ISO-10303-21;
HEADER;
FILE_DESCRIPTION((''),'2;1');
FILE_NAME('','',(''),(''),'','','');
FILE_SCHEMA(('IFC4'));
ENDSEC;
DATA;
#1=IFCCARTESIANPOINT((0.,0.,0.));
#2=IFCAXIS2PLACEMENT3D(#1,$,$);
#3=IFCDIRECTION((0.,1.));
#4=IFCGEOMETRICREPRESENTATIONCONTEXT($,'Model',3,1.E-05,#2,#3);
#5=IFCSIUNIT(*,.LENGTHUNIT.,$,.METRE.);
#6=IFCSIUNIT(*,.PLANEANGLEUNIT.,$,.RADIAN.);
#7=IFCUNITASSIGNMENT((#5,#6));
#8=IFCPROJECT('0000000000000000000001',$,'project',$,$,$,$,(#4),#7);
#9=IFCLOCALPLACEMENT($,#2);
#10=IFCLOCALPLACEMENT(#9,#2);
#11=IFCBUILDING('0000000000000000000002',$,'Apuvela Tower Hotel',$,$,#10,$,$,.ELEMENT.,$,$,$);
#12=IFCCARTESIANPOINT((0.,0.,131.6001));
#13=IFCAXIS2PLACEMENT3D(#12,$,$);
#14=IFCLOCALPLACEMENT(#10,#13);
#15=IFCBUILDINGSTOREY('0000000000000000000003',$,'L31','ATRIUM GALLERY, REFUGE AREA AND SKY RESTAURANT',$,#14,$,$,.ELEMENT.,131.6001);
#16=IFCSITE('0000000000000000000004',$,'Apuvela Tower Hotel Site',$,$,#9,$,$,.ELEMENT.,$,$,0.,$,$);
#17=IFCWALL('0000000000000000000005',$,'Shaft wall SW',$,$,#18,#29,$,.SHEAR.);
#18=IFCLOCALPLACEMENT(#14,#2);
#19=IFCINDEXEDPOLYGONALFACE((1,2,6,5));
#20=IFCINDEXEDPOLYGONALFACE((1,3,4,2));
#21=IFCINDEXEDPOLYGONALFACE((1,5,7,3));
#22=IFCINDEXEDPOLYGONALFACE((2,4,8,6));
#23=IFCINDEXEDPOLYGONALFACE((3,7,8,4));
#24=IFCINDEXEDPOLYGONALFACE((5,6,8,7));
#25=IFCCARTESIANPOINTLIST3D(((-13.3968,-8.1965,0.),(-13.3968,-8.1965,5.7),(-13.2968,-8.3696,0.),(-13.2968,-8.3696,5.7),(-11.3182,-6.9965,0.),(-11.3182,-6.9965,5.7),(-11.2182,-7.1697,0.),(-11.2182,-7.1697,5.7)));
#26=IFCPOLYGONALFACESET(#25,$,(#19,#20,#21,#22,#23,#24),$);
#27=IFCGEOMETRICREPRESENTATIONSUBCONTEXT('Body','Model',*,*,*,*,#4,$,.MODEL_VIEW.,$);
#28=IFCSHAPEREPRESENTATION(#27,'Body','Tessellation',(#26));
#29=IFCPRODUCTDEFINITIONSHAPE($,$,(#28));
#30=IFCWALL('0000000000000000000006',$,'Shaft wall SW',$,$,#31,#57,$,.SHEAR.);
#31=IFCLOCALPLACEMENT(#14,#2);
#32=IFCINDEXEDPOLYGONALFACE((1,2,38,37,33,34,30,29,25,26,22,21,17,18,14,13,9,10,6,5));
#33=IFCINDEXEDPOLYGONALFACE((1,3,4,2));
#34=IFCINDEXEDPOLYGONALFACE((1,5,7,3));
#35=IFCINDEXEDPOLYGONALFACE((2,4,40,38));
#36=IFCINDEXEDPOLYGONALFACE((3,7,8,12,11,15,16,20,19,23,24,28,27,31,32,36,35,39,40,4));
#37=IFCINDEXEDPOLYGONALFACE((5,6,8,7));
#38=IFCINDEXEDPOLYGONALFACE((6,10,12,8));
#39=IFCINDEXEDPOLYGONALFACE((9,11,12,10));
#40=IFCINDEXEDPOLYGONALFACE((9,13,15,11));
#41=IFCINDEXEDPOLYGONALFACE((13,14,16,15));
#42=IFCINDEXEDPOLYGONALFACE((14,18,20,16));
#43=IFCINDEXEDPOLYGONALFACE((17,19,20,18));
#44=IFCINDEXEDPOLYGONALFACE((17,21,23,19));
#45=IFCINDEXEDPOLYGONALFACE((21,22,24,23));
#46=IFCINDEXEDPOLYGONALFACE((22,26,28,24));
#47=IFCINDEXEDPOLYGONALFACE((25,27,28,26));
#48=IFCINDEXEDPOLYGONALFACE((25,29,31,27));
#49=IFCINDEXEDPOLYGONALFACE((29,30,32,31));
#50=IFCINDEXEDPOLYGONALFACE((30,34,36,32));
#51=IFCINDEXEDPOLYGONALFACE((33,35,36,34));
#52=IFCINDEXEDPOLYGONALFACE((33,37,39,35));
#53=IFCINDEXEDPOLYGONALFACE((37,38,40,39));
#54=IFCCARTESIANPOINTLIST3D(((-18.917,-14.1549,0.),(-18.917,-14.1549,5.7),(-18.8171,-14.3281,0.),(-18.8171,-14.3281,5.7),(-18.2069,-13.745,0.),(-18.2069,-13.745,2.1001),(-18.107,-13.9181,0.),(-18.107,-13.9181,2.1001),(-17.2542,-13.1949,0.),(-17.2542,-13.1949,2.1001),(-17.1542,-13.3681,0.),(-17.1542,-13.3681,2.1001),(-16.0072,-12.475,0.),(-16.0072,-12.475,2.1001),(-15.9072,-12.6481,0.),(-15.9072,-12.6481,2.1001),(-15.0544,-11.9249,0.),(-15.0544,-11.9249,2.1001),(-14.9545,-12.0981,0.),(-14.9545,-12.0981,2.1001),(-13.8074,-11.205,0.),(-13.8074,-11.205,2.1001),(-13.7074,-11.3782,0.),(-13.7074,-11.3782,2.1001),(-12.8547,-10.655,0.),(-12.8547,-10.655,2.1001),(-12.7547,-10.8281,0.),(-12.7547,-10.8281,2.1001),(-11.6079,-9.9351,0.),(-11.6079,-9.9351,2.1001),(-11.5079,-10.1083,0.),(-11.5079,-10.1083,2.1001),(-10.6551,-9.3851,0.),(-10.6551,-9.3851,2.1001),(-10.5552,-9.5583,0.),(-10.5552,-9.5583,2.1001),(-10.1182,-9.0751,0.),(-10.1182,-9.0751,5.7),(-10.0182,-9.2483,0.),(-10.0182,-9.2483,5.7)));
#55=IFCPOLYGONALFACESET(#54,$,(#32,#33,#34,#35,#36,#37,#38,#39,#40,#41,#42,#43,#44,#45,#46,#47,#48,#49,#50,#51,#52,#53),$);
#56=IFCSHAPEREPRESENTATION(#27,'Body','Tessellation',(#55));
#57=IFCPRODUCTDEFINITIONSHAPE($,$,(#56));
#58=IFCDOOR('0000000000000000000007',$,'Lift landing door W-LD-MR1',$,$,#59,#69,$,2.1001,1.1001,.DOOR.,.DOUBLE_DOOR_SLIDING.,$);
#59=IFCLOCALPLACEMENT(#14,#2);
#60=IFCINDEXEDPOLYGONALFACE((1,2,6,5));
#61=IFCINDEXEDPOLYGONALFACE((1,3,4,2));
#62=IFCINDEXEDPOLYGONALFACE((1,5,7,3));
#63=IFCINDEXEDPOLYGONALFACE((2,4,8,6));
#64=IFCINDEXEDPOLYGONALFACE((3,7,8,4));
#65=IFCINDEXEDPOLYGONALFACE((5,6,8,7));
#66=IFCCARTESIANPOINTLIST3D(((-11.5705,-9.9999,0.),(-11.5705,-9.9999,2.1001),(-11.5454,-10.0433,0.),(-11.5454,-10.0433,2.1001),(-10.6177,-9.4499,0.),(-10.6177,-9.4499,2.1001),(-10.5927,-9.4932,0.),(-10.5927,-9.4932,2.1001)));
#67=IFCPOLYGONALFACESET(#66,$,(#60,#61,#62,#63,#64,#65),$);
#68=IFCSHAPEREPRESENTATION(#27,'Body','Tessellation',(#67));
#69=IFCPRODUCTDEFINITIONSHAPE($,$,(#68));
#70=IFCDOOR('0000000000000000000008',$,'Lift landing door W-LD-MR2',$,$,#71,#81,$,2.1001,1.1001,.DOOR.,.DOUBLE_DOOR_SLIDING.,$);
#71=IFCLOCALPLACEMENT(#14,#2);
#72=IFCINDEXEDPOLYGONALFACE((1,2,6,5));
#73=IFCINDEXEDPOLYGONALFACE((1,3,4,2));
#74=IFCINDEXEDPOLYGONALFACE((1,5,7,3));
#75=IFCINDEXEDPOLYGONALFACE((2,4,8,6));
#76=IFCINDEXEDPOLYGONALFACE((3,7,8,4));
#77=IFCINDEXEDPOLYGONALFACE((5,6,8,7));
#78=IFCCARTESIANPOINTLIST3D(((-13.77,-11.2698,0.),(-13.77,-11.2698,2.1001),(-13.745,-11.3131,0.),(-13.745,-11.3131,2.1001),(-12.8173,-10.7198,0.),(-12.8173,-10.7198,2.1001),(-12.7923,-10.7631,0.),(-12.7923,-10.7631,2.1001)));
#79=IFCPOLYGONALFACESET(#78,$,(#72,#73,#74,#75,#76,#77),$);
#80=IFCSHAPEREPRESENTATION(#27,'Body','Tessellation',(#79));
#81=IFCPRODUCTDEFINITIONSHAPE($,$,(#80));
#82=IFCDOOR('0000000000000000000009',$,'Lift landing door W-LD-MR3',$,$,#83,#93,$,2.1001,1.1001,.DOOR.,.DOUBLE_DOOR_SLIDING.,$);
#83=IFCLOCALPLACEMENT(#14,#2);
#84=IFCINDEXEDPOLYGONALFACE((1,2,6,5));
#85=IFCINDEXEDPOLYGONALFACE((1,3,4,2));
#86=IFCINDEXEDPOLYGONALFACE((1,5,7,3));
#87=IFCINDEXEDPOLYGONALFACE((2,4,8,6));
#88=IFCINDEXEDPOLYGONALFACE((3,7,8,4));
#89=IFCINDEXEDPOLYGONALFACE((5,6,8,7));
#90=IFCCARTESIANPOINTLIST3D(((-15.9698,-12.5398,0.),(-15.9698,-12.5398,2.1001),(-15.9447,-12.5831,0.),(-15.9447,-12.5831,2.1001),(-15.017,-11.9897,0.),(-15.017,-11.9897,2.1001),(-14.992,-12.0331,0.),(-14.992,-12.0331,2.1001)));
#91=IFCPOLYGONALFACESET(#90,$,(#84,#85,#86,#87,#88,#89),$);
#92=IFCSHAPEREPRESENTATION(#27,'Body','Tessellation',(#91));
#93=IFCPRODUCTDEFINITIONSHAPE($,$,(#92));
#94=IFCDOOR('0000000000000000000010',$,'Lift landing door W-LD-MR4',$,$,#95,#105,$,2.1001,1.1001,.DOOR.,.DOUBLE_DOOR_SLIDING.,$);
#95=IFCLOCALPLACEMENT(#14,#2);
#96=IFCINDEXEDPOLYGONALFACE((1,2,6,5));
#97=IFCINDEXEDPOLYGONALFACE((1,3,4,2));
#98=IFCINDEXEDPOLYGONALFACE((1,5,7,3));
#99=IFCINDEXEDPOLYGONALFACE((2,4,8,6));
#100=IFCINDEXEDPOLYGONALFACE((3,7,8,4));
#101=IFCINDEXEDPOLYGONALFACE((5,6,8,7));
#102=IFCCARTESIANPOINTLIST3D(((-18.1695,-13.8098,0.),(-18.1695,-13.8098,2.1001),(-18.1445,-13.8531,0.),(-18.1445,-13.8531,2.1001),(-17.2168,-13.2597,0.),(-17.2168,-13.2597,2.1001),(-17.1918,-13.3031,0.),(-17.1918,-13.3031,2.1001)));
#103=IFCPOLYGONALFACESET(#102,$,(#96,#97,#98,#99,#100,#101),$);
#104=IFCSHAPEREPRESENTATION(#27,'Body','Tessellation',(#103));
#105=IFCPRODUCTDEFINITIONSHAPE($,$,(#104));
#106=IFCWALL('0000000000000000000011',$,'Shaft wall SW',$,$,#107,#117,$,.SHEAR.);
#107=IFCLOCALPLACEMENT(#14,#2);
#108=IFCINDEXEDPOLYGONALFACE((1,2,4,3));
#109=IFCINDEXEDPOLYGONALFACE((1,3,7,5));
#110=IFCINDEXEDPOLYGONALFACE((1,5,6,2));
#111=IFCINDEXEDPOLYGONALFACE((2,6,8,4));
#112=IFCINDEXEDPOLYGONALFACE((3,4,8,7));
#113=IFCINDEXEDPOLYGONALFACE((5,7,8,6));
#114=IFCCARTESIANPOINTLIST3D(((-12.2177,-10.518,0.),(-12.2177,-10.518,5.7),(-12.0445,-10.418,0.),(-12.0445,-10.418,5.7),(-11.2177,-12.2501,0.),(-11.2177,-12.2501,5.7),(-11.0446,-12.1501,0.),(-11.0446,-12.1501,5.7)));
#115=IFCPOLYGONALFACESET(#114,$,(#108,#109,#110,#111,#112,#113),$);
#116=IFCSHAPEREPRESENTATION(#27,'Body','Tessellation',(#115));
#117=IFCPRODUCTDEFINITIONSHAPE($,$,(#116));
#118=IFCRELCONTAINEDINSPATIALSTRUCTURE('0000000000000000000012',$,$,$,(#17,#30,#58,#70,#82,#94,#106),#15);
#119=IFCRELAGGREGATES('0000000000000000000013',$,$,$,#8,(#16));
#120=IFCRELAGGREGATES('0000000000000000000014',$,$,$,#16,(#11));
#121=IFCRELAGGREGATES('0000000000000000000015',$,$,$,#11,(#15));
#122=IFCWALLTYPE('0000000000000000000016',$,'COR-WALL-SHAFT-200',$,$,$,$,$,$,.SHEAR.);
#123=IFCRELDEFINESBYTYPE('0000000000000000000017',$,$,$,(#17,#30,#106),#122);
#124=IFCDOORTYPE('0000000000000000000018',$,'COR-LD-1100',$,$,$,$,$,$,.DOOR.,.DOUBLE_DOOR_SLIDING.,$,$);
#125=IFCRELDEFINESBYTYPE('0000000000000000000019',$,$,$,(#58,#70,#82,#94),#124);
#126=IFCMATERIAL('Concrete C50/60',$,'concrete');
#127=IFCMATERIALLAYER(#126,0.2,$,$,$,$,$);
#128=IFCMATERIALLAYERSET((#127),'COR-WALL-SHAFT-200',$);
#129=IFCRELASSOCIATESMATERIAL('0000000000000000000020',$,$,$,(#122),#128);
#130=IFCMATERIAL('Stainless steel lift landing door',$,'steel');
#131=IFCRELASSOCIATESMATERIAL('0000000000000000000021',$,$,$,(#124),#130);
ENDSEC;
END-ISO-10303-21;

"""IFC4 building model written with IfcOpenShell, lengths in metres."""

from ifc_helpers import new_model, si_unit, direction, frame, frame_2d, origin, place, context, subcontext, project, spatial, rectangle, extrude, material, layer, layer_set, type_object, element, fill, save


model = new_model("IFC4")

# Units and contexts
model_context = context("Model", 3, precision=1e-05, world=origin(), true_north=direction((0.0, 1.0)))
body_context = subcontext(model_context, "Body", "Model", "MODEL_VIEW")
ifc_project = project(units=[si_unit("LENGTHUNIT", "METRE"), si_unit("PLANEANGLEUNIT", "RADIAN")], contexts=[model_context])

# Site, building, storey
site_placement = place(None, origin())
site = spatial("IfcSite", under=ifc_project, at=site_placement, Name="Apuvela Tower Hotel Site", CompositionType="ELEMENT", RefElevation=0.0)
building_placement = place(site_placement, origin())
building = spatial("IfcBuilding", under=site, at=building_placement, Name="Apuvela Tower Hotel", CompositionType="ELEMENT")
storey_placement = place(building_placement, frame((0.0, 0.0, 131.6001)))
storey = spatial("IfcBuildingStorey", under=building, at=storey_placement, Name="L31", Description="ATRIUM GALLERY, REFUGE AREA AND SKY RESTAURANT", CompositionType="ELEMENT", Elevation=131.6001)

# Shared definitions
ifc_material_1 = material(Name="Concrete C50/60", Category="concrete")

# Wall
ifc_layer_1 = layer(ifc_material_1, 0.2)
ifc_layer_set_1 = layer_set([ifc_layer_1], Name="COR-WALL-SHAFT-200")
wall_type_1 = type_object("IfcWallType", Name="COR-WALL-SHAFT-200", PredefinedType="SHEAR", material=ifc_layer_set_1)
wall_1_placement = place(storey_placement, frame((-11.2681, -7.083, 0.0), z_axis=(0.0, 0.0, 1.0), x_axis=(-0.86605, -0.499957, 0.0)))
element("IfcWall", 1, at=wall_1_placement, inside=storey, type_object=wall_type_1, Name="Shaft wall SW", PredefinedType="SHEAR", context=body_context, shape_type="SweptSolid", body=[
    extrude(rectangle(XDim=2.4001, YDim=0.2, at=frame_2d((1.2002, 0.0))), origin(), (0.0, 0.0, 1.0), 5.7),
])

# Wall, openings, doors
wall_2_placement = place(storey_placement, frame((-10.0681, -9.1616, 0.0), z_axis=(0.0, 0.0, 1.0), x_axis=(-0.866033, -0.499987, 0.0)))
wall_2 = element("IfcWall", 2, at=wall_2_placement, inside=storey, type_object=wall_type_1, Name="Shaft wall SW", PredefinedType="SHEAR", context=body_context, shape_type="SweptSolid", body=[
    extrude(rectangle(XDim=10.1599, YDim=0.2, at=frame_2d((5.0801, 0.0))), origin(), (0.0, 0.0, 1.0), 5.7),
])
opening_1_placement = place(wall_2_placement, frame((0.6201, 0.0, 0.0)))
opening_1 = element("IfcOpeningElement", 3, at=opening_1_placement, cuts=wall_2, PredefinedType="OPENING", context=body_context, shape_type="SweptSolid", body=[
    extrude(rectangle(XDim=1.1001, YDim=2.1001, at=frame_2d((0.55, 1.05))), frame((0.0, 0.1099, 0.0), z_axis=(0.0, -1.0, 0.0), x_axis=(1.0, 0.0, 0.0)), (0.0, 0.0, 1.0), 0.22),
])
opening_2_placement = place(wall_2_placement, frame((3.1599, 0.0, 0.0)))
opening_2 = element("IfcOpeningElement", 4, at=opening_2_placement, cuts=wall_2, PredefinedType="OPENING", context=body_context, shape_type="SweptSolid", body=[
    extrude(rectangle(XDim=1.1001, YDim=2.1001, at=frame_2d((0.55, 1.05))), frame((0.0, 0.1099, 0.0), z_axis=(0.0, -1.0, 0.0), x_axis=(1.0, 0.0, 0.0)), (0.0, 0.0, 1.0), 0.22),
])
opening_3_placement = place(wall_2_placement, frame((5.7, 0.0, 0.0)))
opening_3 = element("IfcOpeningElement", 5, at=opening_3_placement, cuts=wall_2, PredefinedType="OPENING", context=body_context, shape_type="SweptSolid", body=[
    extrude(rectangle(XDim=1.1001, YDim=2.1001, at=frame_2d((0.55, 1.05))), frame((0.0, 0.1099, 0.0), z_axis=(0.0, -1.0, 0.0), x_axis=(1.0, 0.0, 0.0)), (0.0, 0.0, 1.0), 0.22),
])
opening_4_placement = place(wall_2_placement, frame((8.24, 0.0, 0.0)))
opening_4 = element("IfcOpeningElement", 6, at=opening_4_placement, cuts=wall_2, PredefinedType="OPENING", context=body_context, shape_type="SweptSolid", body=[
    extrude(rectangle(XDim=1.1001, YDim=2.1001, at=frame_2d((0.55, 1.05))), frame((0.0, 0.1099, 0.0), z_axis=(0.0, -1.0, 0.0), x_axis=(1.0, 0.0, 0.0)), (0.0, 0.0, 1.0), 0.22),
])
ifc_material_2 = material(Name="Stainless steel lift landing door", Category="steel")
door_type_1 = type_object("IfcDoorType", Name="COR-LD-1100", OperationType="DOUBLE_DOOR_SLIDING", PredefinedType="DOOR", material=ifc_material_2)
door_1_placement = place(opening_1_placement, origin())
door_1 = element("IfcDoor", 7, at=door_1_placement, inside=storey, type_object=door_type_1, Name="Lift landing door W-LD-MR1", OperationType="DOUBLE_DOOR_SLIDING", OverallHeight=2.1001, OverallWidth=1.1001, PredefinedType="DOOR", context=body_context, shape_type="SweptSolid", body=[
    extrude(rectangle(XDim=1.1001, YDim=2.1001, at=frame_2d((0.55, 1.05))), frame((0.0, 0.0249, 0.0), z_axis=(0.0, -1.0, 0.0), x_axis=(1.0, 0.0, 0.0)), (0.0, 0.0, 1.0), 0.05),
])
fill(opening_1, door_1)
door_2_placement = place(opening_2_placement, origin())
door_2 = element("IfcDoor", 8, at=door_2_placement, inside=storey, type_object=door_type_1, Name="Lift landing door W-LD-MR2", OperationType="DOUBLE_DOOR_SLIDING", OverallHeight=2.1001, OverallWidth=1.1001, PredefinedType="DOOR", context=body_context, shape_type="SweptSolid", body=[
    extrude(rectangle(XDim=1.1001, YDim=2.1001, at=frame_2d((0.55, 1.05))), frame((0.0, 0.0249, 0.0), z_axis=(0.0, -1.0, 0.0), x_axis=(1.0, 0.0, 0.0)), (0.0, 0.0, 1.0), 0.05),
])
fill(opening_2, door_2)
door_3_placement = place(opening_3_placement, origin())
door_3 = element("IfcDoor", 9, at=door_3_placement, inside=storey, type_object=door_type_1, Name="Lift landing door W-LD-MR3", OperationType="DOUBLE_DOOR_SLIDING", OverallHeight=2.1001, OverallWidth=1.1001, PredefinedType="DOOR", context=body_context, shape_type="SweptSolid", body=[
    extrude(rectangle(XDim=1.1001, YDim=2.1001, at=frame_2d((0.55, 1.05))), frame((0.0, 0.0249, 0.0), z_axis=(0.0, -1.0, 0.0), x_axis=(1.0, 0.0, 0.0)), (0.0, 0.0, 1.0), 0.05),
])
fill(opening_3, door_3)
door_4_placement = place(opening_4_placement, origin())
door_4 = element("IfcDoor", 10, at=door_4_placement, inside=storey, type_object=door_type_1, Name="Lift landing door W-LD-MR4", OperationType="DOUBLE_DOOR_SLIDING", OverallHeight=2.1001, OverallWidth=1.1001, PredefinedType="DOOR", context=body_context, shape_type="SweptSolid", body=[
    extrude(rectangle(XDim=1.1001, YDim=2.1001, at=frame_2d((0.55, 1.05))), frame((0.0, 0.0249, 0.0), z_axis=(0.0, -1.0, 0.0), x_axis=(1.0, 0.0, 0.0)), (0.0, 0.0, 1.0), 0.05),
])
fill(opening_4, door_4)

# Wall
wall_3_placement = place(storey_placement, frame((-12.1311, -10.468, 0.0), z_axis=(0.0, 0.0, 1.0), x_axis=(0.499973, -0.866041, 0.0)))
element("IfcWall", 11, at=wall_3_placement, inside=storey, type_object=wall_type_1, Name="Shaft wall SW", PredefinedType="SHEAR", context=body_context, shape_type="SweptSolid", body=[
    extrude(rectangle(XDim=2.0, YDim=0.2, at=frame_2d((1.0, 0.0))), origin(), (0.0, 0.0, 1.0), 5.7),
])

save(model, "model.ifc")
